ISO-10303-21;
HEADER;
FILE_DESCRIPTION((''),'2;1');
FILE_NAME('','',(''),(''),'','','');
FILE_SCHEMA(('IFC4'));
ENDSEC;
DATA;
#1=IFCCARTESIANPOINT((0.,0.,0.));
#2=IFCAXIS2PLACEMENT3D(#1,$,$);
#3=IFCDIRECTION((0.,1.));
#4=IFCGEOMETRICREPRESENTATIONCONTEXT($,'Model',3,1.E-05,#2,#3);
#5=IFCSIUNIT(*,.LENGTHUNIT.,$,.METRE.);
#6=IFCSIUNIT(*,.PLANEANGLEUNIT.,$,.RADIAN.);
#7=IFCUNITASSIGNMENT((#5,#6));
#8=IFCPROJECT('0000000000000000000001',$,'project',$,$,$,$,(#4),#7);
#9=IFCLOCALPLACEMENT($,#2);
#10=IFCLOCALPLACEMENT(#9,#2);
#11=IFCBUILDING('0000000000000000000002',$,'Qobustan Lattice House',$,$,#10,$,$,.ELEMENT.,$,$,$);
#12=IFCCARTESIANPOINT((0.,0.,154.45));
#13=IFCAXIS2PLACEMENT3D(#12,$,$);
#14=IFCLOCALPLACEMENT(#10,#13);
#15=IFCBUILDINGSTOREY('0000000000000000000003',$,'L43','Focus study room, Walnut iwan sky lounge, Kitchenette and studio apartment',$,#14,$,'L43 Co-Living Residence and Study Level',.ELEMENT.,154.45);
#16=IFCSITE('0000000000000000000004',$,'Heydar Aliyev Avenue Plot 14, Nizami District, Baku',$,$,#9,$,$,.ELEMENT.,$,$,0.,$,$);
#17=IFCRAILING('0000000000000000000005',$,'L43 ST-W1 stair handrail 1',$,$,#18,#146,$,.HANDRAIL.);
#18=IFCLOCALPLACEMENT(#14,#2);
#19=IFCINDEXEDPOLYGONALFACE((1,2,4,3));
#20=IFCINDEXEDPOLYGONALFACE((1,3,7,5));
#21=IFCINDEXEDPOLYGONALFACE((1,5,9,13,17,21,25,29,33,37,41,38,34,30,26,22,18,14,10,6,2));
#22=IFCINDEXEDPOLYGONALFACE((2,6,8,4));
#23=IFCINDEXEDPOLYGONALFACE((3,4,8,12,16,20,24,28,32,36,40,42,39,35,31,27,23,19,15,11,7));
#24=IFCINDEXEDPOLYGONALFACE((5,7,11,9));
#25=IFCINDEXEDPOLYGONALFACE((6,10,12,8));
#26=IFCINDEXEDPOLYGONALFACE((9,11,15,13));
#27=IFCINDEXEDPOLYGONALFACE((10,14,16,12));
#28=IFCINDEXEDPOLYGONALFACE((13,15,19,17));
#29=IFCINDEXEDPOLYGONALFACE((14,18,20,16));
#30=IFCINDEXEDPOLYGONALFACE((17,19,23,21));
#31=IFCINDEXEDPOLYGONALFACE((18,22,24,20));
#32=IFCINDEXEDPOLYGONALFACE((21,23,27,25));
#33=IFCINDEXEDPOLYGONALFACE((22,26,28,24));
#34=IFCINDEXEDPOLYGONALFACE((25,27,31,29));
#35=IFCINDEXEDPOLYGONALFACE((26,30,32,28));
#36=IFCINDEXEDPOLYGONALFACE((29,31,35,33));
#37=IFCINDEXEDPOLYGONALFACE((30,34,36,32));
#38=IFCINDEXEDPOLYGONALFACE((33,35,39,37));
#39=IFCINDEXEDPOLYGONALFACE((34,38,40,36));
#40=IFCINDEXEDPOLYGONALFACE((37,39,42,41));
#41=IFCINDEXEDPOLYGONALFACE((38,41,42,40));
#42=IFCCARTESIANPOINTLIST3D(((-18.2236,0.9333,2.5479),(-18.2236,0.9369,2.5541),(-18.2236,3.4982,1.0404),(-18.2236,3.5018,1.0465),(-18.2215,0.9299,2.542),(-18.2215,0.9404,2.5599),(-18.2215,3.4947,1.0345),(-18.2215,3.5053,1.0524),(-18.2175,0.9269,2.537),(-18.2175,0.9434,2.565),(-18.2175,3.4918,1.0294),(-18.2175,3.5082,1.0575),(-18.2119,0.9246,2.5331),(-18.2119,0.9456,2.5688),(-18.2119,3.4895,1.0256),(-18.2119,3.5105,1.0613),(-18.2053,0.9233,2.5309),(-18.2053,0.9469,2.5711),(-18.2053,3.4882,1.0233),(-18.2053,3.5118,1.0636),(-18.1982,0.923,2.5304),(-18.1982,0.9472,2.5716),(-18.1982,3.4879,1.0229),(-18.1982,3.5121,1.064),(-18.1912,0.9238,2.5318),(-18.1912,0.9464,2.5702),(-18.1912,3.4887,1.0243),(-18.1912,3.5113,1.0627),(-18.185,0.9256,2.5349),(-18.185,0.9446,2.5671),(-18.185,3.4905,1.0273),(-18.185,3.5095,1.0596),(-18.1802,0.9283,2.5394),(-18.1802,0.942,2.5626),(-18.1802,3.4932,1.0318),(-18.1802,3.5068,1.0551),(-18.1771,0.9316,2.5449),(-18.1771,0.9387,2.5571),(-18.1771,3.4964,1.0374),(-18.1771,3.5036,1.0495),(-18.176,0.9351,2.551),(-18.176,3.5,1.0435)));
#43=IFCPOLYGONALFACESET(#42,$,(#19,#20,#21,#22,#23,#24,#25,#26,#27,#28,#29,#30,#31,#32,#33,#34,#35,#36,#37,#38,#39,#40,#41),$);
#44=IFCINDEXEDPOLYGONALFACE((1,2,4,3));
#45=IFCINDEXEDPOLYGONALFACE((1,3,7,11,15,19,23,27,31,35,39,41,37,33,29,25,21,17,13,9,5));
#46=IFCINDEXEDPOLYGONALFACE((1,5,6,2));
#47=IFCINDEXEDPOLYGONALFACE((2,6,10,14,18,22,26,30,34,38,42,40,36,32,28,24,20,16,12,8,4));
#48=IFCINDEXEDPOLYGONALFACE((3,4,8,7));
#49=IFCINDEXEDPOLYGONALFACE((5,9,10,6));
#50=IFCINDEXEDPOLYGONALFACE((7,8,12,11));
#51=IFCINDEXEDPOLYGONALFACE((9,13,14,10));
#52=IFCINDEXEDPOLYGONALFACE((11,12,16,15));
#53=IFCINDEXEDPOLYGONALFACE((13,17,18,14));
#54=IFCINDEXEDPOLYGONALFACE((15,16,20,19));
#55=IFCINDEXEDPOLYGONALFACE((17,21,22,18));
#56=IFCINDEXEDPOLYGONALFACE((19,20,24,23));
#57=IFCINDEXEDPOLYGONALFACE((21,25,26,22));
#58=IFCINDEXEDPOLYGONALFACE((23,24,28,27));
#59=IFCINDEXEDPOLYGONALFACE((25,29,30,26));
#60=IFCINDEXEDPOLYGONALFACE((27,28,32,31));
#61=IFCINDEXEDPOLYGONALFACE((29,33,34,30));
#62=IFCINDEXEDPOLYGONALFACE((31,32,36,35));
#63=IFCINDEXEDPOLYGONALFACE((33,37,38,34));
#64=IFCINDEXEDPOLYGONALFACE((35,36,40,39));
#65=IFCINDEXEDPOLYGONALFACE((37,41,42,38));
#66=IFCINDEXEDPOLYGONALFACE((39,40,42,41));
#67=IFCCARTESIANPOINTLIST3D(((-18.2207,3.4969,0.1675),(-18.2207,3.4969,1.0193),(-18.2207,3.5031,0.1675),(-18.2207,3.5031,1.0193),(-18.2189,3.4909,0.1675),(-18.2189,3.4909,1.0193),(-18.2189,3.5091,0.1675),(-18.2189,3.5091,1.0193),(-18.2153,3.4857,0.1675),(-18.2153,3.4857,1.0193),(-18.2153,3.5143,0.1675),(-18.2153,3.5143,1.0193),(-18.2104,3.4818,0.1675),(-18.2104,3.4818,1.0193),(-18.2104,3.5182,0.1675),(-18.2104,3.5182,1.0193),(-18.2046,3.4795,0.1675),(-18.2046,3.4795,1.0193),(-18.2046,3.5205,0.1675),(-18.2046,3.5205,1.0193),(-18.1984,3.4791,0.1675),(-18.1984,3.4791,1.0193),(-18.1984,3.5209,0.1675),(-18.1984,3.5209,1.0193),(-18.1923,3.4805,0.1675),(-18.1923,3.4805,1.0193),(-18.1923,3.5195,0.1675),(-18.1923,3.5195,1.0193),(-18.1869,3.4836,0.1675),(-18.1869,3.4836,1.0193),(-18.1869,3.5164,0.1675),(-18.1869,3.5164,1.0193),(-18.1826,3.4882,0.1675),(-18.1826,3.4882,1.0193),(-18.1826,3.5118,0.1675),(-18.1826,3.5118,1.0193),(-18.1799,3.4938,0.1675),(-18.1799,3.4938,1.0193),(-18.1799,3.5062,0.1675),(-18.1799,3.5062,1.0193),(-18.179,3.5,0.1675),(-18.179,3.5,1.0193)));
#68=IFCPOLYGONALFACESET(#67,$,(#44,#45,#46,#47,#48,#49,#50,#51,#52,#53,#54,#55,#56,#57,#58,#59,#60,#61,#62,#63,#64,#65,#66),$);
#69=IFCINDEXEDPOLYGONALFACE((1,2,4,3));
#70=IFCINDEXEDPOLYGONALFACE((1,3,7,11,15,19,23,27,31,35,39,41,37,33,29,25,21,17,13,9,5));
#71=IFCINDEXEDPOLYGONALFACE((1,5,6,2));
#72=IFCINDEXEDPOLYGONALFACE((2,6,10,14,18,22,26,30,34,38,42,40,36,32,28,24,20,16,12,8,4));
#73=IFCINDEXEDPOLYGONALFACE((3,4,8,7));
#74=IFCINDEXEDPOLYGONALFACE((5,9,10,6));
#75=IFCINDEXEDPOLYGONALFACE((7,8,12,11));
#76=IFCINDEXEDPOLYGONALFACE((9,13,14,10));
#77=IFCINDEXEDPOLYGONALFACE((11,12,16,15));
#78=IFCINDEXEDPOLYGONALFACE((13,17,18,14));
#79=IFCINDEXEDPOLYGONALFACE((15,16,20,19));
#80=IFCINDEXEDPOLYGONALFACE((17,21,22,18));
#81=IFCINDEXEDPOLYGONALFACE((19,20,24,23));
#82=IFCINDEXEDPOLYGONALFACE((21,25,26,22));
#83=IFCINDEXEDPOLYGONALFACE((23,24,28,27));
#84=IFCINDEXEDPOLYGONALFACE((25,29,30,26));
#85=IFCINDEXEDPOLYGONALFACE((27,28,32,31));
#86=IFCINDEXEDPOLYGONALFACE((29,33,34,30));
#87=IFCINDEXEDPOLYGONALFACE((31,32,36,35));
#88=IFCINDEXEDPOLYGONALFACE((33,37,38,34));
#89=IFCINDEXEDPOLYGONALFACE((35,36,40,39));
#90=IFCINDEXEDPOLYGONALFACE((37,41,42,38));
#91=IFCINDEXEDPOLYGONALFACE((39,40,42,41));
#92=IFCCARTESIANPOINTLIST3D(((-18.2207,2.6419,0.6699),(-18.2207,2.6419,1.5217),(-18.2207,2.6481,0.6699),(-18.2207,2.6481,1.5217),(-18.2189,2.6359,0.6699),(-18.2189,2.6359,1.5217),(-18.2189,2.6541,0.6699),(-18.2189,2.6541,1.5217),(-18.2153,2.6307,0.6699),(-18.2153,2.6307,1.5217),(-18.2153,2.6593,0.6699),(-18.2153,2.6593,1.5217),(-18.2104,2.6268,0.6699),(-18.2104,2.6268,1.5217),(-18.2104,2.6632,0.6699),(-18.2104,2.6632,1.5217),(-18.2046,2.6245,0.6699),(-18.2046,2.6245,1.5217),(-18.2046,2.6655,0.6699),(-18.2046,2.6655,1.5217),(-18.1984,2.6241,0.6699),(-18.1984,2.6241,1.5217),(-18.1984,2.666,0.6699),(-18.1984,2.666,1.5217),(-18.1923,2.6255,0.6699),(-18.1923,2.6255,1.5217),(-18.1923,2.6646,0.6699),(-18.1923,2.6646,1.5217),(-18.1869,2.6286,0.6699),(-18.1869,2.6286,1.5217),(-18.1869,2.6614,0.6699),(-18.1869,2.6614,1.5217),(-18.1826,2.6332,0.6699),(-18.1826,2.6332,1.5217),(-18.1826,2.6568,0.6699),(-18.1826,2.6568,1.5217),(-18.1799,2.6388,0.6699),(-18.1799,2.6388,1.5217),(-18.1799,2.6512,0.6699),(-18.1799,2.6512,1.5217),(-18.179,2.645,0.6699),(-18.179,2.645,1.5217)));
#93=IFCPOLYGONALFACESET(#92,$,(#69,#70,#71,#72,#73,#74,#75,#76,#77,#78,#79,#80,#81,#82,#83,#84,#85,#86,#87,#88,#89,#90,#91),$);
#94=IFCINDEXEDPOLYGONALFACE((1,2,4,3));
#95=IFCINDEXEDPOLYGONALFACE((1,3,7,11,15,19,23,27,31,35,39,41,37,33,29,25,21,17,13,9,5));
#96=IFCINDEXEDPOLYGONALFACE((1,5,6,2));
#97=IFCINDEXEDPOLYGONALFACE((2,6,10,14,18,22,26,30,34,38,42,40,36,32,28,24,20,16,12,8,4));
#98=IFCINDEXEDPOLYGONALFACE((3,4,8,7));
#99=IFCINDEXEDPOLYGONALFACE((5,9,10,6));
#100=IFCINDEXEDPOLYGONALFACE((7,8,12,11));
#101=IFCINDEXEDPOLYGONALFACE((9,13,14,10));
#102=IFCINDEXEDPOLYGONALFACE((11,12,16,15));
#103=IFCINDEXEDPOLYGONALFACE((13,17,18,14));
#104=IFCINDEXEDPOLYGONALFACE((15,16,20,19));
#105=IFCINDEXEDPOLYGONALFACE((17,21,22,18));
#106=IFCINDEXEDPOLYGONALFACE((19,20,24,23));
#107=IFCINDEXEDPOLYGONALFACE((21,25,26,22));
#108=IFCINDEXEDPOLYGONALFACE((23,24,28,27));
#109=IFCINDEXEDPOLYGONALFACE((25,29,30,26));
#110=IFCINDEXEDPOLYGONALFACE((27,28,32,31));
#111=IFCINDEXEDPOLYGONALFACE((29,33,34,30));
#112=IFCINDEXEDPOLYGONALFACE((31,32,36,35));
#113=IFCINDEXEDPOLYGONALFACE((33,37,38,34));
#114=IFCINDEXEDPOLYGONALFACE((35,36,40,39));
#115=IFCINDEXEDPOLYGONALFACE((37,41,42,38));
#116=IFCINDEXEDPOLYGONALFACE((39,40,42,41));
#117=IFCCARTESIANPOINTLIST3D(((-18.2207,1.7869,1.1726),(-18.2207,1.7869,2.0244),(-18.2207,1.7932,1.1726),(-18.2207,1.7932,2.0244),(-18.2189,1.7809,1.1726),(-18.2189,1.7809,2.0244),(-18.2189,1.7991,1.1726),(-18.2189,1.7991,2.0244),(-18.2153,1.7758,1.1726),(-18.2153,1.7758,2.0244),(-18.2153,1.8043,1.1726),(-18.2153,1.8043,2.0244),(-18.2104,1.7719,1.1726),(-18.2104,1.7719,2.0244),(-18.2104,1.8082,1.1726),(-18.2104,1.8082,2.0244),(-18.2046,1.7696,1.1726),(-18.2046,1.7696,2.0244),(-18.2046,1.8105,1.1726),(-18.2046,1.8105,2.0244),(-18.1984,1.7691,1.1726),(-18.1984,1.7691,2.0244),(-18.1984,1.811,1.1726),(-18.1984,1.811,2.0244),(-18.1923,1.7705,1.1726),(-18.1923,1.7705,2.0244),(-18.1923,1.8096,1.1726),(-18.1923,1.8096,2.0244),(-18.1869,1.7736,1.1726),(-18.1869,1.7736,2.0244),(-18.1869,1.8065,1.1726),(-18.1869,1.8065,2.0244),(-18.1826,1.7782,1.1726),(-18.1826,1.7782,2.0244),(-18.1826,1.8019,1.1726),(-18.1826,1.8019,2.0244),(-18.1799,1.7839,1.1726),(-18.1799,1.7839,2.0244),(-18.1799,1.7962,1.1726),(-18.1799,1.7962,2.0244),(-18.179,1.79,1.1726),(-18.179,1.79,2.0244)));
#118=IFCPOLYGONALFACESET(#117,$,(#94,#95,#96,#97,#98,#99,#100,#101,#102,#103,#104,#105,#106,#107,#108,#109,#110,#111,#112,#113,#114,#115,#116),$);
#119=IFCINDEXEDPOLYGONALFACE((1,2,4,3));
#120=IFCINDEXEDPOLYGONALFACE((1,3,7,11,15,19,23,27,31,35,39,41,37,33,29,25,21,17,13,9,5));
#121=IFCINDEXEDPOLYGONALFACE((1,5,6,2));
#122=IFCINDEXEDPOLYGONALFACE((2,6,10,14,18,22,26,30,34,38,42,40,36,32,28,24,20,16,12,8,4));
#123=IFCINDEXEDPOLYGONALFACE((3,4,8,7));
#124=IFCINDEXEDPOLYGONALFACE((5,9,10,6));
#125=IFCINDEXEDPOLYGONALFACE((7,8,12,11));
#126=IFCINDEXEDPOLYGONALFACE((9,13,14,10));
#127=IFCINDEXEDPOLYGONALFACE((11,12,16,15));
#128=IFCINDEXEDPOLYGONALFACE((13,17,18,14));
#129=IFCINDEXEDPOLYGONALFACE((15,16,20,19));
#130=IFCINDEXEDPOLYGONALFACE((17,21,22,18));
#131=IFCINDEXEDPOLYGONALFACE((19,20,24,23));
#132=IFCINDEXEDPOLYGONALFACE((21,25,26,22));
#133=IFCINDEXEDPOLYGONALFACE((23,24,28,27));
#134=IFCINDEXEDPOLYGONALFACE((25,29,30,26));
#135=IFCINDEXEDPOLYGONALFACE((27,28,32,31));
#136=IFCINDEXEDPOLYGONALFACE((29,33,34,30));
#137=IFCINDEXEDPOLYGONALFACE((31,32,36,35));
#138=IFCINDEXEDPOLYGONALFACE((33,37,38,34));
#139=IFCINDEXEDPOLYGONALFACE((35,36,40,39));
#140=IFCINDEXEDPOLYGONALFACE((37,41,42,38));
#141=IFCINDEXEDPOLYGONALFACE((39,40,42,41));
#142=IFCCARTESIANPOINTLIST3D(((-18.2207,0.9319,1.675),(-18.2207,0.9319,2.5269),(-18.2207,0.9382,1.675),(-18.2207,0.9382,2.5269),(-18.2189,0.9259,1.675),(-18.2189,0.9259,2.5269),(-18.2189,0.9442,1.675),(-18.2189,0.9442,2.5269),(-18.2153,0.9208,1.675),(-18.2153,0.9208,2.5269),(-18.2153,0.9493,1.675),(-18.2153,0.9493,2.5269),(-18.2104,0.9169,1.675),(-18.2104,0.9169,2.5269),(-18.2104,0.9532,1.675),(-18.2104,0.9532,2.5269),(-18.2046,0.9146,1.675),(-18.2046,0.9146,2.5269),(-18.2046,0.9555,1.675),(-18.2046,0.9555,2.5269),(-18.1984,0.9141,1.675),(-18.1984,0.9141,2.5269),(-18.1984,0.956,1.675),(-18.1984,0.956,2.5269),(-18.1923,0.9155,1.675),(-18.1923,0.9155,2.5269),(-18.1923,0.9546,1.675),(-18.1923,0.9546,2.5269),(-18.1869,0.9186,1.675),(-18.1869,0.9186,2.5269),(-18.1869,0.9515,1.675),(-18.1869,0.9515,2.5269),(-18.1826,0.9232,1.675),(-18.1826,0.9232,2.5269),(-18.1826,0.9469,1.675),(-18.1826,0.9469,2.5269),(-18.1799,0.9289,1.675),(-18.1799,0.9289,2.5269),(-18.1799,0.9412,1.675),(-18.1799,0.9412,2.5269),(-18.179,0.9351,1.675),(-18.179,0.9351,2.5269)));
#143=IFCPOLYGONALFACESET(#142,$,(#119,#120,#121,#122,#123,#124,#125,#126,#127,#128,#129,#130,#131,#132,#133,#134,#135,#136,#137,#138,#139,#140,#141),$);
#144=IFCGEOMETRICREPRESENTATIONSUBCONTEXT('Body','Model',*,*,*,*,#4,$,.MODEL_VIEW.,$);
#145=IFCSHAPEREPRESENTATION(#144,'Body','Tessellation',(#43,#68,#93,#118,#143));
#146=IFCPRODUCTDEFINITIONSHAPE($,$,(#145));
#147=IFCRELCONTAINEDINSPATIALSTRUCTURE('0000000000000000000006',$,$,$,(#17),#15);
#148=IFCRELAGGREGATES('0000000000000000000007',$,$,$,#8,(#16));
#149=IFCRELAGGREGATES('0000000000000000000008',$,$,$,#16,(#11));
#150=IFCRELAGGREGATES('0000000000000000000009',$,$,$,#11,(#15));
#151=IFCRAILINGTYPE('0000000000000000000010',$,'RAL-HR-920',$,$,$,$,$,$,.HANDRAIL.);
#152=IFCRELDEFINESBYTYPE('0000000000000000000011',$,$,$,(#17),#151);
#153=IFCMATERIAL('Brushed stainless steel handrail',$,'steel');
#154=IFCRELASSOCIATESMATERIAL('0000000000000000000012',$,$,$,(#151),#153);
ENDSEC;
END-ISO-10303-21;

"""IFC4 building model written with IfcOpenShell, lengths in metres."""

from ifc_helpers import new_model, si_unit, direction, frame, origin, origin_2d, place, context, subcontext, project, spatial, circle, extrude, material, type_object, element, save


model = new_model("IFC4")

# Units and contexts
model_context = context("Model", 3, precision=1e-05, world=origin(), true_north=direction((0.0, 1.0)))
body_context = subcontext(model_context, "Body", "Model", "MODEL_VIEW")
ifc_project = project(units=[si_unit("LENGTHUNIT", "METRE"), si_unit("PLANEANGLEUNIT", "RADIAN")], contexts=[model_context])

# Site, building, storey
site_placement = place(None, origin())
site = spatial("IfcSite", under=ifc_project, at=site_placement, Name="Heydar Aliyev Avenue Plot 14, Nizami District, Baku", CompositionType="ELEMENT", RefElevation=0.0)
building_placement = place(site_placement, origin())
building = spatial("IfcBuilding", under=site, at=building_placement, Name="Qobustan Lattice House", CompositionType="ELEMENT")
storey_placement = place(building_placement, frame((0.0, 0.0, 154.45)))
storey = spatial("IfcBuildingStorey", under=building, at=storey_placement, Name="L43", Description="Focus study room, Walnut iwan sky lounge, Kitchenette and studio apartment", LongName="L43 Co-Living Residence and Study Level", CompositionType="ELEMENT", Elevation=154.45)

# Railing
ifc_material_1 = material(Name="Brushed stainless steel handrail", Category="steel")
railing_type_1 = type_object("IfcRailingType", Name="RAL-HR-920", PredefinedType="HANDRAIL", material=ifc_material_1)
railing_1_placement = place(storey_placement, frame((-18.2, 3.5, 0.1675)))
element("IfcRailing", 1, at=railing_1_placement, inside=storey, type_object=railing_type_1, Name="L43 ST-W1 stair handrail 1", PredefinedType="HANDRAIL", context=body_context, shape_type="SweptSolid", body=[
    extrude(circle(Radius=0.0239, at=origin_2d()), frame((0.0, 0.0, 0.876), z_axis=(0.0, -0.862113, 0.506715), x_axis=(1.0, 0.0, 0.0)), (0.0, 0.0, 1.0), 2.9751),
    extrude(circle(Radius=0.021, at=origin_2d()), origin(), (0.0, 0.0, 1.0), 0.8518),
    extrude(circle(Radius=0.021, at=origin_2d()), frame((0.0, -0.855, 0.5024)), (0.0, 0.0, 1.0), 0.8518),
    extrude(circle(Radius=0.021, at=origin_2d()), frame((0.0, -1.71, 1.0051)), (0.0, 0.0, 1.0), 0.8518),
    extrude(circle(Radius=0.021, at=origin_2d()), frame((0.0, -2.5649, 1.5076)), (0.0, 0.0, 1.0), 0.8518),
])

save(model, "model.ifc")
